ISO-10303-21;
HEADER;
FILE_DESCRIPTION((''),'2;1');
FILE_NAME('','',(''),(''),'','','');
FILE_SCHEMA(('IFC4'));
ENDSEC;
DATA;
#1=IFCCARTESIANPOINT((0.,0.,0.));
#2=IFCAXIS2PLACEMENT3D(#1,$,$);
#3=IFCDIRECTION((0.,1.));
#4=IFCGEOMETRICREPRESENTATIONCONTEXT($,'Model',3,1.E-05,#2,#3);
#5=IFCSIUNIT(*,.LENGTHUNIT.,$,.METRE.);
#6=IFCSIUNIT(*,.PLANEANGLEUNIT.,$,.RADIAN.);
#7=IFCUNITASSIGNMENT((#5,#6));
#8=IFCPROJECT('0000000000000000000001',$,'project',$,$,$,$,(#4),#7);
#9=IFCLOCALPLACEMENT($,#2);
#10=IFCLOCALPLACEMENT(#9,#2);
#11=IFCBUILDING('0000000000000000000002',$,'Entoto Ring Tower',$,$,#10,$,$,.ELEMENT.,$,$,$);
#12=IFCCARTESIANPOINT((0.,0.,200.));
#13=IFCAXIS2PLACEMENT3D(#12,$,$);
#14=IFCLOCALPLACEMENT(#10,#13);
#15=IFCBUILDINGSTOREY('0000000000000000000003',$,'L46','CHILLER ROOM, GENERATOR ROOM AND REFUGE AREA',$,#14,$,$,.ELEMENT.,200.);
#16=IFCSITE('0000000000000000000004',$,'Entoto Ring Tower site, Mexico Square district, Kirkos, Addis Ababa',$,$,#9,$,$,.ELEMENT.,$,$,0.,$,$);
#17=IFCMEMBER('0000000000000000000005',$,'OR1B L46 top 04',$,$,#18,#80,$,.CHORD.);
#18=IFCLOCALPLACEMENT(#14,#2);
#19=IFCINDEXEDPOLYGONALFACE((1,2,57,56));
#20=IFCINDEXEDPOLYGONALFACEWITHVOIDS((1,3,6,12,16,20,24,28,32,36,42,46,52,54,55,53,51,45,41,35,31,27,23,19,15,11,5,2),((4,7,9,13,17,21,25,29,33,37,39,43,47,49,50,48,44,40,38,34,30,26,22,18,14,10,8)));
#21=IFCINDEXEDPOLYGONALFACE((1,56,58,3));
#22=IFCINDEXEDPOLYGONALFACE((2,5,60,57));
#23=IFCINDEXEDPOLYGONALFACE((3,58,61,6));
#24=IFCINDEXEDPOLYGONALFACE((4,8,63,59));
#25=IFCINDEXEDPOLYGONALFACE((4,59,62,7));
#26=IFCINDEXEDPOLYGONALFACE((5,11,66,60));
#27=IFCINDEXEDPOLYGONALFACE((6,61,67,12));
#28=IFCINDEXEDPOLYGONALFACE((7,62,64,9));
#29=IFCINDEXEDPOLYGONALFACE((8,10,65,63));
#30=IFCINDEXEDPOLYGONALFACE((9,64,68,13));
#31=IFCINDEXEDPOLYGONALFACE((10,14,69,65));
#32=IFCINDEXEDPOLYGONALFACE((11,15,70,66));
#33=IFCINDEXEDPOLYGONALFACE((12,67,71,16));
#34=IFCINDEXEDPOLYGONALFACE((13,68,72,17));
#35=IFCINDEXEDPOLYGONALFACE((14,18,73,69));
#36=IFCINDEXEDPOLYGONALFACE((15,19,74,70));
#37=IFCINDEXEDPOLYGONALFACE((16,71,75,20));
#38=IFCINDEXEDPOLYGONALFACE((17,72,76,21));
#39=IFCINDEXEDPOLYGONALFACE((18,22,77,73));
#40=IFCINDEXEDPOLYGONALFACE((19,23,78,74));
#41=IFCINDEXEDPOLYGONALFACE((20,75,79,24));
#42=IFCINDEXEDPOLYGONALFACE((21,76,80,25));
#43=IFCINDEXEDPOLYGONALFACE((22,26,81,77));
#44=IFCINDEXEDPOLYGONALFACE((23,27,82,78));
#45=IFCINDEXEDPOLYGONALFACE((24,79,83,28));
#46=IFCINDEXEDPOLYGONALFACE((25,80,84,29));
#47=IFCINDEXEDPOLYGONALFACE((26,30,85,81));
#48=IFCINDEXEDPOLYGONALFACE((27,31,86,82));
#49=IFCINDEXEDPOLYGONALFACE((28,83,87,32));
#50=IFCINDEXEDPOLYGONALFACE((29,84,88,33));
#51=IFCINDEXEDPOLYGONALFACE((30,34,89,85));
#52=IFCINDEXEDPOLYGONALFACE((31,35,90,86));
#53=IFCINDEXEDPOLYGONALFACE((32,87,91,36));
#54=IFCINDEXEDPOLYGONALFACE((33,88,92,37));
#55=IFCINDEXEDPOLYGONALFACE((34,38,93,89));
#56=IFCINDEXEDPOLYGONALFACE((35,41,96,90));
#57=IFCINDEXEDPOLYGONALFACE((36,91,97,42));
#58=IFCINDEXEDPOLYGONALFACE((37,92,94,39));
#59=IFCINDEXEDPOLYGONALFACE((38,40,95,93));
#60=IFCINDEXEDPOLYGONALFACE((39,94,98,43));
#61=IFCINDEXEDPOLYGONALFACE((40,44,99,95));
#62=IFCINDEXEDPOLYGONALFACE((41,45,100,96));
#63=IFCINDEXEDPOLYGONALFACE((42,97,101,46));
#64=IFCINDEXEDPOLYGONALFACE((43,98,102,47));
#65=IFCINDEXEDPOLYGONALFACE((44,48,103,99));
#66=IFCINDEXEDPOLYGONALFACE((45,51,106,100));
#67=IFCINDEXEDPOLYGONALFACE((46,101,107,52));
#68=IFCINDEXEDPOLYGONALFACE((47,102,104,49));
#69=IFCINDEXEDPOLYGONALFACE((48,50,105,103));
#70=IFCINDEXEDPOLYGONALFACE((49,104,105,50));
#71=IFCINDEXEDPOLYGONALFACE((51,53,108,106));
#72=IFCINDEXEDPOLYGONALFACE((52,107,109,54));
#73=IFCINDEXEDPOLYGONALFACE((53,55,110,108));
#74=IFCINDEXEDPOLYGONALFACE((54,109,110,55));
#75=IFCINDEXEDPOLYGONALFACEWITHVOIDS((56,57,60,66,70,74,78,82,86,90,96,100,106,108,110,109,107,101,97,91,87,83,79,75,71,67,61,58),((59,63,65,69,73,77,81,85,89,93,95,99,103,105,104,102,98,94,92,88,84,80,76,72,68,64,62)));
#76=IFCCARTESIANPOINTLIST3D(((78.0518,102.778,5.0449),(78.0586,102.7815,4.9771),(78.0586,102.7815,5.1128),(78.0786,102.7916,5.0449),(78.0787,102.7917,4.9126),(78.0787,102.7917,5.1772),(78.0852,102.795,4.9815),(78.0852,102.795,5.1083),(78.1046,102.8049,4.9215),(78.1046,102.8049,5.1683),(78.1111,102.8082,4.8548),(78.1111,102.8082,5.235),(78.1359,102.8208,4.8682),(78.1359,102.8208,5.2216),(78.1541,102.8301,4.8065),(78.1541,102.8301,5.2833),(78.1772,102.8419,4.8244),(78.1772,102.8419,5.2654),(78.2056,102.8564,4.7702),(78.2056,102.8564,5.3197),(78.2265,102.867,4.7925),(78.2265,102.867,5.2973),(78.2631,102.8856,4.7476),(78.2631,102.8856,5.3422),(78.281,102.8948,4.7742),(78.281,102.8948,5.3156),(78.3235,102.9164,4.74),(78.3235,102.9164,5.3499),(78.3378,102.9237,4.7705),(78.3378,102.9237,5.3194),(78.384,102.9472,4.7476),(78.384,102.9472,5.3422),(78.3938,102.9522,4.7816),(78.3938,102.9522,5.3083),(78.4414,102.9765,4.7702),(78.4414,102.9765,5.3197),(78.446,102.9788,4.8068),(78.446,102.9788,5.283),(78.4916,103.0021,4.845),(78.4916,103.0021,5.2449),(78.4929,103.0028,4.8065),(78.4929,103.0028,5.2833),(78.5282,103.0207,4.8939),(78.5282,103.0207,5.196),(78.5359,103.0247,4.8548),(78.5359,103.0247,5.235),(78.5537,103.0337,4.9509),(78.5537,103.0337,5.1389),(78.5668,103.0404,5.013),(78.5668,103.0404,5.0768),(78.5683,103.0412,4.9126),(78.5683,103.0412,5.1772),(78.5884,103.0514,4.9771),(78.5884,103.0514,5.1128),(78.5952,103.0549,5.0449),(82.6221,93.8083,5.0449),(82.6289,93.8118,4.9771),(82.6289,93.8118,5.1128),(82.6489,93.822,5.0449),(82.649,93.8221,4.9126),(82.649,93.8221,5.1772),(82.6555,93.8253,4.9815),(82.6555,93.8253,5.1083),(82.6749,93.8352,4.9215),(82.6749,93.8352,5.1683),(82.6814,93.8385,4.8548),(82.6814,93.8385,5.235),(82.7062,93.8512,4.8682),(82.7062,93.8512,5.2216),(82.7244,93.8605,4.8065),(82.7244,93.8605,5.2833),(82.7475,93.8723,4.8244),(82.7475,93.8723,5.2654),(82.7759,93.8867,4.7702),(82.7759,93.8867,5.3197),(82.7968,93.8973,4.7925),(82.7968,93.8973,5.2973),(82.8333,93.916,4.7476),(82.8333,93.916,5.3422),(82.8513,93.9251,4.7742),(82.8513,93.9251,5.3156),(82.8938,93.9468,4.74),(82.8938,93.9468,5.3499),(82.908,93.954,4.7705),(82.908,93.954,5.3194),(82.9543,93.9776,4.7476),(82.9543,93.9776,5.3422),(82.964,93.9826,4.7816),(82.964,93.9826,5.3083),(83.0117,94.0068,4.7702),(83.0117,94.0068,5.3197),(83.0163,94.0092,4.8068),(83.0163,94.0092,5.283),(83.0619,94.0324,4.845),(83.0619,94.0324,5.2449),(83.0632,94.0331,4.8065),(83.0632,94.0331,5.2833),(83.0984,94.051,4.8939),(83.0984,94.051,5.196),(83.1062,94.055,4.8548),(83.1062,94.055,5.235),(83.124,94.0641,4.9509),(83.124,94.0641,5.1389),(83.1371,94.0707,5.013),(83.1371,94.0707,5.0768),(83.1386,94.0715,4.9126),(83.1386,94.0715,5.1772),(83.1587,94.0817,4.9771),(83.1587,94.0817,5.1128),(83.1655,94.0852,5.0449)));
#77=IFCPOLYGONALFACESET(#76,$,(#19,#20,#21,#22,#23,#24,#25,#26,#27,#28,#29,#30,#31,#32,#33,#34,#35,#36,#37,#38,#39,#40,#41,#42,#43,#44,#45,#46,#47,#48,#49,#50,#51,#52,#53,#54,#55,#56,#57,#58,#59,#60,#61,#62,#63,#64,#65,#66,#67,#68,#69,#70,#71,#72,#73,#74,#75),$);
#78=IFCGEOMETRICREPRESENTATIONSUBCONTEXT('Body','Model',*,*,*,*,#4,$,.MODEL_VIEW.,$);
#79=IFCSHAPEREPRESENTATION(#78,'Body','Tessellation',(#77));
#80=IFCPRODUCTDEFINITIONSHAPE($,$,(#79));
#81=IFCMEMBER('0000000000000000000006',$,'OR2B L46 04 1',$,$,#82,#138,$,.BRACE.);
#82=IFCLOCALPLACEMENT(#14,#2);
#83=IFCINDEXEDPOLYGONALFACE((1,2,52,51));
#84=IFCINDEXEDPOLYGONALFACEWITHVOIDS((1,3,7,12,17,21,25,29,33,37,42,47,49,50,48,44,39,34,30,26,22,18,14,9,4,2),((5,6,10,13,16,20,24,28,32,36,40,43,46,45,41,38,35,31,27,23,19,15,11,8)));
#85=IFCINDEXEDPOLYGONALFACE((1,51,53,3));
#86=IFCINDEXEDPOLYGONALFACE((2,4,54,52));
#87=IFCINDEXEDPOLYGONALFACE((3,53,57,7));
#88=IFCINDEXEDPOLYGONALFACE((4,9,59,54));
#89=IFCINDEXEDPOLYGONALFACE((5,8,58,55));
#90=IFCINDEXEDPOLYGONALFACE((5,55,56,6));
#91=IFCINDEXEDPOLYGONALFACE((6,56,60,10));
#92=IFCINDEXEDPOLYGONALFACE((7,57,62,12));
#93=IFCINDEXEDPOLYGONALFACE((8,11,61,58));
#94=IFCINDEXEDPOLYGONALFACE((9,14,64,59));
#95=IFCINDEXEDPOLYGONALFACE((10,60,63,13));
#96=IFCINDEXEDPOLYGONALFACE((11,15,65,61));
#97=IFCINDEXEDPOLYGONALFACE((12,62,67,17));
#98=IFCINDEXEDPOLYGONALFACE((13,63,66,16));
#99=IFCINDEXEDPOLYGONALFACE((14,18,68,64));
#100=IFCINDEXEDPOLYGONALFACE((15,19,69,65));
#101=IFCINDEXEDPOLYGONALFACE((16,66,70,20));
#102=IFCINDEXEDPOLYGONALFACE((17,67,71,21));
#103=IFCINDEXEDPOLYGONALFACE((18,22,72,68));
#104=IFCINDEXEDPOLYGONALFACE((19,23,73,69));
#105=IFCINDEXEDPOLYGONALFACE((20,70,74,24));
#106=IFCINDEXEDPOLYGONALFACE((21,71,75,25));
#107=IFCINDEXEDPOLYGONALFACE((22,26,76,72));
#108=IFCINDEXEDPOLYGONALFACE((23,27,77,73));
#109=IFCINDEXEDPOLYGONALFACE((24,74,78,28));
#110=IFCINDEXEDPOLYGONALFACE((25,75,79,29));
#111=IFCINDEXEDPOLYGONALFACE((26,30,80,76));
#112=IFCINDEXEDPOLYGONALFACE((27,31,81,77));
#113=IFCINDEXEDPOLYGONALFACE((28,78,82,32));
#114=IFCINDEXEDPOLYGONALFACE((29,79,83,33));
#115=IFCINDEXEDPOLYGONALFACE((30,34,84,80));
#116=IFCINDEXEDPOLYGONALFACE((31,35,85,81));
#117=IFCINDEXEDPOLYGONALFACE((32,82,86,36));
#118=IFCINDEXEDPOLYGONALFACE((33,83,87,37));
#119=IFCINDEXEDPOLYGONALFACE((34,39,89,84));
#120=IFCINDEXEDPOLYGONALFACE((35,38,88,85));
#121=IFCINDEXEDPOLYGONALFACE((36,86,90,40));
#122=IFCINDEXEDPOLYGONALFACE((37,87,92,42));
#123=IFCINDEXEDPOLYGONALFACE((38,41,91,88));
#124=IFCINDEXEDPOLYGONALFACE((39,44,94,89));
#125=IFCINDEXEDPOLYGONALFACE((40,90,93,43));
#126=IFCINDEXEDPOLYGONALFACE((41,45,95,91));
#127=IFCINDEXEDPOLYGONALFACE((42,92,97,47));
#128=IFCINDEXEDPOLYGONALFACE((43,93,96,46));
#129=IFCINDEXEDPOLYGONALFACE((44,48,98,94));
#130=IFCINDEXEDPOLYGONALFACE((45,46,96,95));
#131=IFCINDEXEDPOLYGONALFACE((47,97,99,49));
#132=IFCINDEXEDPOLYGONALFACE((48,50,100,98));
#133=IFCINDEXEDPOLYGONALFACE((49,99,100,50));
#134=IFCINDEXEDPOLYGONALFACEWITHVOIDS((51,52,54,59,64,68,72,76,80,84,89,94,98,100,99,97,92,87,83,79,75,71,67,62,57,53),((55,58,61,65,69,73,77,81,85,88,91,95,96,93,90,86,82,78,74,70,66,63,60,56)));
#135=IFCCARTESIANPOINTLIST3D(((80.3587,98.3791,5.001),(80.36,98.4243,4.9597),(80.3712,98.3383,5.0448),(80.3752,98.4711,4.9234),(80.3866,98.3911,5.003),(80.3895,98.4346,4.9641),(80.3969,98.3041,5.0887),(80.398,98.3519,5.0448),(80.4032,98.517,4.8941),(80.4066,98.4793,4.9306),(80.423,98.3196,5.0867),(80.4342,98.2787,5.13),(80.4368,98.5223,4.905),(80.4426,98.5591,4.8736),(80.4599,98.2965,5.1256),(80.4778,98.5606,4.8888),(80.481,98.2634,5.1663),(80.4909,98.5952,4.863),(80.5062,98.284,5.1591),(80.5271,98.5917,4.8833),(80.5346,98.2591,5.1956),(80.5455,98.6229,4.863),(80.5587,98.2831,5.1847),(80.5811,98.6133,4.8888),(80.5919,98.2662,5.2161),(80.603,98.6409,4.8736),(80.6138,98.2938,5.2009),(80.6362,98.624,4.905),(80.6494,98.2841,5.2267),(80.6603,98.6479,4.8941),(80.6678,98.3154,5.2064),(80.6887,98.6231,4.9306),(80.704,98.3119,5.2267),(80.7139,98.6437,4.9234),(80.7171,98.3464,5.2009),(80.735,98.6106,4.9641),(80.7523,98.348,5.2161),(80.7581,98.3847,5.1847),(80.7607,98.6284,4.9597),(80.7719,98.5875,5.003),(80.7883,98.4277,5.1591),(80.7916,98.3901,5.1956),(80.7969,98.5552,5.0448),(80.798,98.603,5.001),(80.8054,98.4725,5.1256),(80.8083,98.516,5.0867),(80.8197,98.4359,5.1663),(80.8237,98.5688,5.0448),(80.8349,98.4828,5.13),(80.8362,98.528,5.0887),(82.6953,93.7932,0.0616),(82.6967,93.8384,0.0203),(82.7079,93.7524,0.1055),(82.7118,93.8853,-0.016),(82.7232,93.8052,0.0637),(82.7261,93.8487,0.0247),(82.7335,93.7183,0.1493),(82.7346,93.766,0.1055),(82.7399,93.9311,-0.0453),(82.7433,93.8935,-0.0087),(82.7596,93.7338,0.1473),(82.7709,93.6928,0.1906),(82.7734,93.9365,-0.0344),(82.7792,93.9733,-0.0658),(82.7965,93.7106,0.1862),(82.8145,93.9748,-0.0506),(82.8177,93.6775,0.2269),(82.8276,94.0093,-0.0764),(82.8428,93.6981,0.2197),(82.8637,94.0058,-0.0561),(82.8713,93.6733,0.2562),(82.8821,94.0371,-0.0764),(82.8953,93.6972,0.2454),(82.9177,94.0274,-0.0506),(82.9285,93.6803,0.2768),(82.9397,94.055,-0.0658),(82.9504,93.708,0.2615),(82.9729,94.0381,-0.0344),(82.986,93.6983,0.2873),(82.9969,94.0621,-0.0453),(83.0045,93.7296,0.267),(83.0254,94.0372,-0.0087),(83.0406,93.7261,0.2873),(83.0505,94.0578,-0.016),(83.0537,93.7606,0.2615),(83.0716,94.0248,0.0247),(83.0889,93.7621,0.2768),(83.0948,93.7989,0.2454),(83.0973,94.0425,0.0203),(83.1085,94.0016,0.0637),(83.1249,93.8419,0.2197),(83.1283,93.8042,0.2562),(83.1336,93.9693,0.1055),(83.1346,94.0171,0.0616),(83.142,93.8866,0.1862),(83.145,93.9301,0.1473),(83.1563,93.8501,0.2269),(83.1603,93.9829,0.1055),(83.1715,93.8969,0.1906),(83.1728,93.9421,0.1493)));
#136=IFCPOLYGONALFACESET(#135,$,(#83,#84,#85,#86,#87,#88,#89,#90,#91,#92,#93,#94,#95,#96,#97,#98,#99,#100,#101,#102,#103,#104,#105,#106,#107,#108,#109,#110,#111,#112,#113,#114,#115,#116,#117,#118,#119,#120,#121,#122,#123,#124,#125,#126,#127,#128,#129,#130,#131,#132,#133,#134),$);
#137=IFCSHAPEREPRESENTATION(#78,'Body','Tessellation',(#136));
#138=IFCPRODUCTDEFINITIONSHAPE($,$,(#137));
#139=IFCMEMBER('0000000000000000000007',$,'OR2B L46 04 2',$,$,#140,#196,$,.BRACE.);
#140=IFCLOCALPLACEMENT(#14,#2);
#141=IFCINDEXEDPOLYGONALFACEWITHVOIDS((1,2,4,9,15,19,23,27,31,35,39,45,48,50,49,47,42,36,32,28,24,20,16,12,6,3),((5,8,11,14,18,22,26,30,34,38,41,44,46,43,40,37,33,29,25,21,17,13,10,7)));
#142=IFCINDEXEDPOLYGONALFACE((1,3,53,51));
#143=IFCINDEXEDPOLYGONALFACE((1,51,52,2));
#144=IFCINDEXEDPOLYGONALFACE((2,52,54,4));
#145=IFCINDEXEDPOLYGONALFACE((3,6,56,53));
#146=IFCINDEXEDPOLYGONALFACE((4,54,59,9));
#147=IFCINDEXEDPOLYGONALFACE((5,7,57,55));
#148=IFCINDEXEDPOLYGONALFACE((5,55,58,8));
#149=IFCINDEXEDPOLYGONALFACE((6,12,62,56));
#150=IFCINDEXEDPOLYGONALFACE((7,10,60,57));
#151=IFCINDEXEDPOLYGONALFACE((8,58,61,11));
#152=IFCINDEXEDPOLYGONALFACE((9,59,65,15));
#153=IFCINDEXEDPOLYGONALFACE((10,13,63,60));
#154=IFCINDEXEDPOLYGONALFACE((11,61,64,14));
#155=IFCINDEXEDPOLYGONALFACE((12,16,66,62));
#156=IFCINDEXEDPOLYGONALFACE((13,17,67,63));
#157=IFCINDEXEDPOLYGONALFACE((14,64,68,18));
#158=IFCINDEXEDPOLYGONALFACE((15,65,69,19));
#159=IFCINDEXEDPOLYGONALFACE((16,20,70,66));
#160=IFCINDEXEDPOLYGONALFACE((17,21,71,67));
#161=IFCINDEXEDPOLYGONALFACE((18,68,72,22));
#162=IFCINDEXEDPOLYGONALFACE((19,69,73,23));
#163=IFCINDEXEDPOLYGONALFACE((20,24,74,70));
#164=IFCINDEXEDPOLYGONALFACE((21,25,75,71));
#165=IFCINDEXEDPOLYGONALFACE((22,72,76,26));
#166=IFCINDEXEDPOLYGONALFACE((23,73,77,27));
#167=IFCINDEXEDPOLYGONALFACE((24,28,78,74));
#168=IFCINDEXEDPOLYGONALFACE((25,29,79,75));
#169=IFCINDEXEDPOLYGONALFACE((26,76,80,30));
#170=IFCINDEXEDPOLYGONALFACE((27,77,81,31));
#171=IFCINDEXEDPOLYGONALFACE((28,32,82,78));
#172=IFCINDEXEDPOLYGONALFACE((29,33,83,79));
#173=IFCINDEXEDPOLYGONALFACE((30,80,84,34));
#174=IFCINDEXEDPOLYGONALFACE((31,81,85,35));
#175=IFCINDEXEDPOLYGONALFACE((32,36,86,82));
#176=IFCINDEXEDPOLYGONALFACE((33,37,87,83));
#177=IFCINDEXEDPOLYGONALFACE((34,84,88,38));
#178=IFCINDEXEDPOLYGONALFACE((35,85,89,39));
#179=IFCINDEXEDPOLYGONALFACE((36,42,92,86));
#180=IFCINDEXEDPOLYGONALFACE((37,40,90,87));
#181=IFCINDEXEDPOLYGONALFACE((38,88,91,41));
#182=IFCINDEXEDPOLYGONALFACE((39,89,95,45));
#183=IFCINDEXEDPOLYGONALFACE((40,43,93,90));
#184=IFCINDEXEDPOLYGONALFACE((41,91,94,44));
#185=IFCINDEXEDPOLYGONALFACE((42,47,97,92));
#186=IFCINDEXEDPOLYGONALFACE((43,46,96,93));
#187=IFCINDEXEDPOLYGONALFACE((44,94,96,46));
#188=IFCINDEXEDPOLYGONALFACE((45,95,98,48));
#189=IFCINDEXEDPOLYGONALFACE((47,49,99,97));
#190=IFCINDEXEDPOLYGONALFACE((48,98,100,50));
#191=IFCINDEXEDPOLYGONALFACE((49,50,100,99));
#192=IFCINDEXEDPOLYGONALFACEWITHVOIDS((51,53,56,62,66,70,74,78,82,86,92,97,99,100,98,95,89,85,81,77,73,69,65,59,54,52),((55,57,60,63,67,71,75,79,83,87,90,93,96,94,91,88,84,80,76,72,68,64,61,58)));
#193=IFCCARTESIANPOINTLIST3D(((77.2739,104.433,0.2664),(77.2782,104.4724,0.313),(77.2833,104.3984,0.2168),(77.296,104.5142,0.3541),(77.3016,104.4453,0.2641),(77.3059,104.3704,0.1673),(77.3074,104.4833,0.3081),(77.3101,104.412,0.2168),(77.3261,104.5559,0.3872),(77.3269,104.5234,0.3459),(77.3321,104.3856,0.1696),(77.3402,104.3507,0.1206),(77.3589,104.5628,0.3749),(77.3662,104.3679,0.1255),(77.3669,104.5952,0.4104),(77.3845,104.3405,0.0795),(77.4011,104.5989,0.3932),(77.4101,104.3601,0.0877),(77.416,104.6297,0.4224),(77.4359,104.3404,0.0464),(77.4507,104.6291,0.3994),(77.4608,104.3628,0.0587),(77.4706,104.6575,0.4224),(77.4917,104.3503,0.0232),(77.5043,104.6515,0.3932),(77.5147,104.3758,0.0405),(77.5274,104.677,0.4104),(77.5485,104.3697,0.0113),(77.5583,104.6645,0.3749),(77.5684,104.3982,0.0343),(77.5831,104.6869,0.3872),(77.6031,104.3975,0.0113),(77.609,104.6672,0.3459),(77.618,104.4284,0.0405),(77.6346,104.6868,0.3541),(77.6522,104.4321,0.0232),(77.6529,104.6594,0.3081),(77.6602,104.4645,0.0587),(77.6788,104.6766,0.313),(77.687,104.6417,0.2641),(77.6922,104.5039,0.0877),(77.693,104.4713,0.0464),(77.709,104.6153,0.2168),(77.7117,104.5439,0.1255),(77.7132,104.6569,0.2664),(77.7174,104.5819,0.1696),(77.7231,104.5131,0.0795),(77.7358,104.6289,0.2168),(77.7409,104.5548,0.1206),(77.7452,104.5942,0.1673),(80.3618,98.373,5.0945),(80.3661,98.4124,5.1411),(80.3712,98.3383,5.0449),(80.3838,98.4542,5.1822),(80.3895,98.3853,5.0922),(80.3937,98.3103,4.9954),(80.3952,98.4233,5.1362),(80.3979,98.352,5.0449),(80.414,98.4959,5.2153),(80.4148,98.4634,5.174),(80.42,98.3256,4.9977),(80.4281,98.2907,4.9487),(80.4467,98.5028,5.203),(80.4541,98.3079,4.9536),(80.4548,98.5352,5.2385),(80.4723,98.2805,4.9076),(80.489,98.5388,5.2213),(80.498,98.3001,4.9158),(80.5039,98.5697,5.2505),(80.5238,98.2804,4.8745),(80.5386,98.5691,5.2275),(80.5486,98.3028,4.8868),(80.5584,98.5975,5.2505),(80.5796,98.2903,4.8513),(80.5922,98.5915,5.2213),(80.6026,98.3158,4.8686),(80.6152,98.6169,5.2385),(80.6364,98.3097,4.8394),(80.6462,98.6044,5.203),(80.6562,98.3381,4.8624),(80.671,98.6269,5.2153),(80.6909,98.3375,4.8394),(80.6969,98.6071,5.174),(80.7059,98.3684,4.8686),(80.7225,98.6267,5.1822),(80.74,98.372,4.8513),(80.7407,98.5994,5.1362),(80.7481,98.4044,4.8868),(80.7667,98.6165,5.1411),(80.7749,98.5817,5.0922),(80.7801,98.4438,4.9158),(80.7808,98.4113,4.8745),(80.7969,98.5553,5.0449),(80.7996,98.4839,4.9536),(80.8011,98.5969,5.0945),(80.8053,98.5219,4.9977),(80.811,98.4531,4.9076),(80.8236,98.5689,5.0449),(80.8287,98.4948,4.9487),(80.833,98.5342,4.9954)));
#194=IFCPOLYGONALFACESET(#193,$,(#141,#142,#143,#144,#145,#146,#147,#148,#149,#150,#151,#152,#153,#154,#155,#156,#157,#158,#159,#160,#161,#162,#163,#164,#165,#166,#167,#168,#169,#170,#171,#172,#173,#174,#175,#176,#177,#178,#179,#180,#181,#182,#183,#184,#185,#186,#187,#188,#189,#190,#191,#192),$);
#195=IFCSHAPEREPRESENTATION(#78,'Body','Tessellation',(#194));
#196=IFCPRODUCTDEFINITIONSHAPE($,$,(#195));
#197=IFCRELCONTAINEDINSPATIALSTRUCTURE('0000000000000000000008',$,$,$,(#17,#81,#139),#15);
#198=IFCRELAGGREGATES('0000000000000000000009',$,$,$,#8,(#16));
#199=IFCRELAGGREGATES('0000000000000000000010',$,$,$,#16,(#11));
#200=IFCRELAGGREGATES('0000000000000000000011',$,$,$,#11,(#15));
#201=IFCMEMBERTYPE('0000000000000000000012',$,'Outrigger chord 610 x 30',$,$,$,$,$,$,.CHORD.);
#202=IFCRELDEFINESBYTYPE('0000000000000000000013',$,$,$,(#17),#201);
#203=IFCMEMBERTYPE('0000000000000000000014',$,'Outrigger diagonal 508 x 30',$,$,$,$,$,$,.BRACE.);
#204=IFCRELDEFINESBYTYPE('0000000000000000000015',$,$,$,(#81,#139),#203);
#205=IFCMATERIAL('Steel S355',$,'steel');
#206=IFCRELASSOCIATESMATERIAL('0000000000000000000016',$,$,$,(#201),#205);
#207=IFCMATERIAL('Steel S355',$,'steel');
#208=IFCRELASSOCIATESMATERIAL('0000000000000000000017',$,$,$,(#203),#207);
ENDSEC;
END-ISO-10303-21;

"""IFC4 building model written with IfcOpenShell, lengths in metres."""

from ifc_helpers import new_model, si_unit, direction, frame, origin, origin_2d, place, context, subcontext, project, spatial, circle, hollow_circle, extrude, material, material_profile, profile_set, type_object, element, save


model = new_model("IFC4")

# Units and contexts
model_context = context("Model", 3, precision=1e-05, world=origin(), true_north=direction((0.0, 1.0)))
body_context = subcontext(model_context, "Body", "Model", "MODEL_VIEW")
ifc_project = project(units=[si_unit("LENGTHUNIT", "METRE"), si_unit("PLANEANGLEUNIT", "RADIAN")], contexts=[model_context])

# Site, building, storey
site_placement = place(None, origin())
site = spatial("IfcSite", under=ifc_project, at=site_placement, Name="Entoto Ring Tower site, Mexico Square district, Kirkos, Addis Ababa", CompositionType="ELEMENT", RefElevation=0.0)
building_placement = place(site_placement, origin())
building = spatial("IfcBuilding", under=site, at=building_placement, Name="Entoto Ring Tower", CompositionType="ELEMENT")
storey_placement = place(building_placement, frame((0.0, 0.0, 200.0)))
storey = spatial("IfcBuildingStorey", under=building, at=storey_placement, Name="L46", Description="CHILLER ROOM, GENERATOR ROOM AND REFUGE AREA", CompositionType="ELEMENT", Elevation=200.0)

# Members
ifc_material_1 = material(Name="Steel S355", Category="steel")
ifc_material_profile_1 = material_profile(ifc_material_1, hollow_circle(Radius=0.3049, WallThickness=0.03, at=origin_2d()), Name="CHS 610 x 30")
ifc_material_2 = material(Name="Concrete C60/75", Category="concrete")
ifc_material_profile_2 = material_profile(ifc_material_2, circle(Radius=0.2749, at=origin_2d()), Name="Concrete C60/75 infill")
ifc_profile_set_1 = profile_set([ifc_material_profile_1, ifc_material_profile_2], Name="Steel S355")
member_type_1 = type_object("IfcMemberType", Name="Outrigger chord 610 x 30", PredefinedType="CHORD", material=ifc_profile_set_1)
member_1_placement = place(storey_placement, frame((82.8938, 93.9468, 5.0449), z_axis=(-0.453991, 0.891006, 0.0), x_axis=(-0.891006, -0.453991, 0.0)))
element("IfcMember", 1, at=member_1_placement, inside=storey, type_object=member_type_1, Name="OR1B L46 top 04", PredefinedType="CHORD", context=body_context, shape_type="SweptSolid", body=[
    extrude(hollow_circle(Radius=0.3049, WallThickness=0.03, at=origin_2d()), origin(), (0.0, 0.0, 1.0), 10.0669),
])
ifc_material_3 = material(Name="Steel S355", Category="steel")
ifc_material_profile_3 = material_profile(ifc_material_3, hollow_circle(Radius=0.2539, WallThickness=0.03, at=origin_2d()), Name="CHS 508 x 30")
ifc_material_4 = material(Name="Concrete C60/75", Category="concrete")
ifc_material_profile_4 = material_profile(ifc_material_4, circle(Radius=0.2241, at=origin_2d()), Name="Concrete C60/75 infill")
ifc_profile_set_2 = profile_set([ifc_material_profile_3, ifc_material_profile_4], Name="Steel S355")
member_type_2 = type_object("IfcMemberType", Name="Outrigger diagonal 508 x 30", PredefinedType="BRACE", material=ifc_profile_set_2)
member_2_placement = place(storey_placement, frame((82.9341, 93.8677, 0.1055), z_axis=(-0.327556, 0.642859, 0.692415), x_axis=(-0.891005, -0.453993, 0.0)))
element("IfcMember", 2, at=member_2_placement, inside=storey, type_object=member_type_2, Name="OR2B L46 04 1", PredefinedType="BRACE", context=body_context, shape_type="SweptSolid", body=[
    extrude(hollow_circle(Radius=0.2539, WallThickness=0.03, at=origin_2d()), origin(), (0.0, 0.0, 1.0), 7.1335),
])
member_3_placement = place(storey_placement, frame((80.5974, 98.4536, 5.0449), z_axis=(-0.370212, 0.72655, -0.578851), x_axis=(-0.890998, -0.454006, 0.0)))
element("IfcMember", 3, at=member_3_placement, inside=storey, type_object=member_type_2, Name="OR2B L46 04 2", PredefinedType="BRACE", context=body_context, shape_type="SweptSolid", body=[
    extrude(hollow_circle(Radius=0.2539, WallThickness=0.03, at=origin_2d()), origin(), (0.0, 0.0, 1.0), 8.3408),
])

save(model, "model.ifc")
